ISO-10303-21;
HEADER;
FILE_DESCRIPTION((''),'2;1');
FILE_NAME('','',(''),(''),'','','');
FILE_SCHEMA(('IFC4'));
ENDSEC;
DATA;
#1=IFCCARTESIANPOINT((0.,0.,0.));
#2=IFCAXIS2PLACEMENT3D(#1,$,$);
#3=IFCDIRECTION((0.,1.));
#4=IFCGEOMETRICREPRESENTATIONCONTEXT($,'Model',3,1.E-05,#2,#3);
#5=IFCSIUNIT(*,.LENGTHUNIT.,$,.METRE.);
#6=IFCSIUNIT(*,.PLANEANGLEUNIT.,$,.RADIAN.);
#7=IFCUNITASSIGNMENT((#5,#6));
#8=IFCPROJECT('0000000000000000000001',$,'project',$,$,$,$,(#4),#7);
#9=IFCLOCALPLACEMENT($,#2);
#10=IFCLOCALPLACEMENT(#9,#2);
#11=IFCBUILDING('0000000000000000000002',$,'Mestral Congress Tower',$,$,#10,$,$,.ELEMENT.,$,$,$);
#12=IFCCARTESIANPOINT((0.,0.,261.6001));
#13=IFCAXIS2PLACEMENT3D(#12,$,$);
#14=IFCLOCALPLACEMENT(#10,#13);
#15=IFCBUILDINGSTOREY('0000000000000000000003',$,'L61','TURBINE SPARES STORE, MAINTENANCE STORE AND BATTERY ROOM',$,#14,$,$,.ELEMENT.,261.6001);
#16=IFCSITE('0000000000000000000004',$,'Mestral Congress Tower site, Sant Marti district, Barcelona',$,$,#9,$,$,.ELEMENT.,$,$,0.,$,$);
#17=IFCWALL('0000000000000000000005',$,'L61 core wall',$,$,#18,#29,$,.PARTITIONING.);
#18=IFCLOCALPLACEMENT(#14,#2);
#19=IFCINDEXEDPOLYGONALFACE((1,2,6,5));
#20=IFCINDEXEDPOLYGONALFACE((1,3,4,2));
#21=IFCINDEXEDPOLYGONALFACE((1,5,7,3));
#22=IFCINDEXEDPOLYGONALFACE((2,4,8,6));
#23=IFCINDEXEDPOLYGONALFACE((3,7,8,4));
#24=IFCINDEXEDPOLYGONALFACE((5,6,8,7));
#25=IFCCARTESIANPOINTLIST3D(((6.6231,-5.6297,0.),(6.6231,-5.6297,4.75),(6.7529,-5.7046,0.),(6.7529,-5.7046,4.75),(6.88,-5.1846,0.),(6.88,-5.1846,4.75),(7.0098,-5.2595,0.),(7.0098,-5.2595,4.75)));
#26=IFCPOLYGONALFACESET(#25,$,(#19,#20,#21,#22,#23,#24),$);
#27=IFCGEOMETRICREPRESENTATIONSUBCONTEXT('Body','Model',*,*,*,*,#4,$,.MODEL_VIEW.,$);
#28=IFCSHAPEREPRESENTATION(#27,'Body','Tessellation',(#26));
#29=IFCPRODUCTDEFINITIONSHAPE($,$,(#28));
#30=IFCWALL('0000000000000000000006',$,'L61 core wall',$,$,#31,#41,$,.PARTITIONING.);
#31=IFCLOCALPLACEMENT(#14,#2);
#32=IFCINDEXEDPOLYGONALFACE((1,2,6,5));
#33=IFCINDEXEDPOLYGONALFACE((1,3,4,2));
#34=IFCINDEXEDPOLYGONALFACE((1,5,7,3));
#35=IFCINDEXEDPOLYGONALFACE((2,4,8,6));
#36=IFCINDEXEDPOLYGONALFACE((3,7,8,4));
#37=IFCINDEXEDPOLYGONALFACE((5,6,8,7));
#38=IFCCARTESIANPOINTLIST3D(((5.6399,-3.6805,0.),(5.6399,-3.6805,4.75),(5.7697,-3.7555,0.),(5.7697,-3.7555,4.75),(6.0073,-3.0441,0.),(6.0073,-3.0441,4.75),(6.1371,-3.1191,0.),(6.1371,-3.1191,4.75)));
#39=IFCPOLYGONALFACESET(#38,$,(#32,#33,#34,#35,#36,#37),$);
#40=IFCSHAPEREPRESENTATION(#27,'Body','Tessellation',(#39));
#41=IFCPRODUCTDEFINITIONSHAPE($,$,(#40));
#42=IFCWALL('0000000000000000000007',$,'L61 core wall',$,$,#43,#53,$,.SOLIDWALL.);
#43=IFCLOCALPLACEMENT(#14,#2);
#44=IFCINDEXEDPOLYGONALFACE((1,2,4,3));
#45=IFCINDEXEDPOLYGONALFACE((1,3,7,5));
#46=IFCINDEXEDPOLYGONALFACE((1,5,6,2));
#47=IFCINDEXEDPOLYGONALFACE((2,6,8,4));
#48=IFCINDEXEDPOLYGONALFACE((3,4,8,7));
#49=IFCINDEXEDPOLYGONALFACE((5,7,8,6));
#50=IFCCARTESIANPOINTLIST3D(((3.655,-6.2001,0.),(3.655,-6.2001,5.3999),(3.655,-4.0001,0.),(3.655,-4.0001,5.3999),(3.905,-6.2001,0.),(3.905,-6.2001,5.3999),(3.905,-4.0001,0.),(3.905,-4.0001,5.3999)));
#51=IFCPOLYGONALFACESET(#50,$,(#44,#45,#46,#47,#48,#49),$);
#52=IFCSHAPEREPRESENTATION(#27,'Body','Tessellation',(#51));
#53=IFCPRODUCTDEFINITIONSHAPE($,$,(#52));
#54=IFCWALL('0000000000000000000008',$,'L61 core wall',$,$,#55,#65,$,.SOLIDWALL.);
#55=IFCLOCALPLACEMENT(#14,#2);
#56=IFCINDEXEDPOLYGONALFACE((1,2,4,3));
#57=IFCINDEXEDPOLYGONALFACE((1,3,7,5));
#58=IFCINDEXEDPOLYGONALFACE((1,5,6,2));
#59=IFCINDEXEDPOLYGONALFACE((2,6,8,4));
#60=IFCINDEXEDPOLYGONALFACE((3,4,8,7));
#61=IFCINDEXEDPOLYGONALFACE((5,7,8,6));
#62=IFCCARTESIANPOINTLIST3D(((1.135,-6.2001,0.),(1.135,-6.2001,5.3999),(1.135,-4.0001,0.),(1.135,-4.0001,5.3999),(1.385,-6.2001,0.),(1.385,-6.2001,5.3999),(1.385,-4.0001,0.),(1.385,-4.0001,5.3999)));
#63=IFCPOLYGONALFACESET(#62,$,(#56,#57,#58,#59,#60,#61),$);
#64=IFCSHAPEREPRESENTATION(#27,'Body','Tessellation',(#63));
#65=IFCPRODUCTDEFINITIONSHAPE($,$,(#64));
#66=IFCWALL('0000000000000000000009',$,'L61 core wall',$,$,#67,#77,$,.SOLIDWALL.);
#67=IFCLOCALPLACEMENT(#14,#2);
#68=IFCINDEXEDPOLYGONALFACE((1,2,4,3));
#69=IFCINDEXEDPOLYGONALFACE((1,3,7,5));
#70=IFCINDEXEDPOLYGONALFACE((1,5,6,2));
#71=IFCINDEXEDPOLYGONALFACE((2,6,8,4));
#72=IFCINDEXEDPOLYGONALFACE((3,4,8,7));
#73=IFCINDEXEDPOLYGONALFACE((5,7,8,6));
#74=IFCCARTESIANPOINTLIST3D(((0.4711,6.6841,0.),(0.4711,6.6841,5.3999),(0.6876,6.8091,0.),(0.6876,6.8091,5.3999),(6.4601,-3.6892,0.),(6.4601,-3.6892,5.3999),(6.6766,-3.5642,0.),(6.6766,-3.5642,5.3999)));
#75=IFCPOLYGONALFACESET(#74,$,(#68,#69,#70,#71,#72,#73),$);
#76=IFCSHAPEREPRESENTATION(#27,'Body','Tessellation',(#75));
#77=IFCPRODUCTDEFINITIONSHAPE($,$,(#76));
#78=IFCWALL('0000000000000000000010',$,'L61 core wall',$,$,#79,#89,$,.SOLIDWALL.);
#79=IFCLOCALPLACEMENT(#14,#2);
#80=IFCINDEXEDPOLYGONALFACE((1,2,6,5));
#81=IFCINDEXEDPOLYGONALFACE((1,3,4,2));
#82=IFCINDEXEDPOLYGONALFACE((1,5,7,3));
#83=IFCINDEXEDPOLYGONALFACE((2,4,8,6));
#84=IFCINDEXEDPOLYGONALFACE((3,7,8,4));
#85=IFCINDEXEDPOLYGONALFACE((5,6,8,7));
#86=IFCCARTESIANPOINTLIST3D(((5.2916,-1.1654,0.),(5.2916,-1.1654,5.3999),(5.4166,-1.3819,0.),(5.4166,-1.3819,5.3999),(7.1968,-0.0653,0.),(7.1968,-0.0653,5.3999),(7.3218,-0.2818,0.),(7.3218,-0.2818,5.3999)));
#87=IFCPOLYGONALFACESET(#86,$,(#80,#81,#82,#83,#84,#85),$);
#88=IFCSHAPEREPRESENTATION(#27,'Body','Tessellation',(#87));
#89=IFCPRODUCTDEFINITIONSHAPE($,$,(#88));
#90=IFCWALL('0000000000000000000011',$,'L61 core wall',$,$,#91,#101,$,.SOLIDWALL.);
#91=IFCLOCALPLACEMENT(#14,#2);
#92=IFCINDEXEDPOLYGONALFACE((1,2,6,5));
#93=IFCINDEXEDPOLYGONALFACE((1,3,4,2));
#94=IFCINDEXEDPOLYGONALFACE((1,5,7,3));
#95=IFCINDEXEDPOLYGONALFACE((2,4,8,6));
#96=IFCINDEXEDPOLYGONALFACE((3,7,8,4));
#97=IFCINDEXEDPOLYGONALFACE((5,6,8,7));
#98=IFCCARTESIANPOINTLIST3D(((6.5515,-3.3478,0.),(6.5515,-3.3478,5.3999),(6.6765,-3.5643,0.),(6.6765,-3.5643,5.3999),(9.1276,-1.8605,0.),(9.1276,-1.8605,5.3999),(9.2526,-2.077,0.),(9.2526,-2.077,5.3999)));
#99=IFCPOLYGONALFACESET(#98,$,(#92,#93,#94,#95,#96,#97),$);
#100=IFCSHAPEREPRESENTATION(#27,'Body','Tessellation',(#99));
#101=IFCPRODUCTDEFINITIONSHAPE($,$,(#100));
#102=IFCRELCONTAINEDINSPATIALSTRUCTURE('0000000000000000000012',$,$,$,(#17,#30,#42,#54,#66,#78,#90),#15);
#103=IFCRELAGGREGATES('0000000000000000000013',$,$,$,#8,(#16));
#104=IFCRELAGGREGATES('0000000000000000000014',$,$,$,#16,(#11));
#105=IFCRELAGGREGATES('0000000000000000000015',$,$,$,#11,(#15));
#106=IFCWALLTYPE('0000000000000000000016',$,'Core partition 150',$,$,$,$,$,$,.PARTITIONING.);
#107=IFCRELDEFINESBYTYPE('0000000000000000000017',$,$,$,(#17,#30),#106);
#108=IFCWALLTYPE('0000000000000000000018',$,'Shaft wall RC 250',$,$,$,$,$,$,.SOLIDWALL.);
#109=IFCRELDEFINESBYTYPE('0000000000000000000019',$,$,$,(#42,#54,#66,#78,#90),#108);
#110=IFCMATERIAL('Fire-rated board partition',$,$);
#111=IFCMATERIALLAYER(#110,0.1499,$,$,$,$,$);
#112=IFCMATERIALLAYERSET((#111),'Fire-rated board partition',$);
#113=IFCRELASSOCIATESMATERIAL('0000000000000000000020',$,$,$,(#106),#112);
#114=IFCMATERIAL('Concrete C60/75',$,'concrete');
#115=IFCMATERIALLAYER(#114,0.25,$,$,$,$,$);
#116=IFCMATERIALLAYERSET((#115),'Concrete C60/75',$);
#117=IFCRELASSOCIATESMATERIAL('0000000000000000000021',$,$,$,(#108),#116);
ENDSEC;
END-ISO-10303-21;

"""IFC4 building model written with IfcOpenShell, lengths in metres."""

from ifc_helpers import new_model, si_unit, direction, frame, frame_2d, origin, place, context, subcontext, project, spatial, rectangle, extrude, material, layer, layer_set, type_object, element, save


model = new_model("IFC4")

# Units and contexts
model_context = context("Model", 3, precision=1e-05, world=origin(), true_north=direction((0.0, 1.0)))
body_context = subcontext(model_context, "Body", "Model", "MODEL_VIEW")
ifc_project = project(units=[si_unit("LENGTHUNIT", "METRE"), si_unit("PLANEANGLEUNIT", "RADIAN")], contexts=[model_context])

# Site, building, storey
site_placement = place(None, origin())
site = spatial("IfcSite", under=ifc_project, at=site_placement, Name="Mestral Congress Tower site, Sant Marti district, Barcelona", CompositionType="ELEMENT", RefElevation=0.0)
building_placement = place(site_placement, origin())
building = spatial("IfcBuilding", under=site, at=building_placement, Name="Mestral Congress Tower", CompositionType="ELEMENT")
storey_placement = place(building_placement, frame((0.0, 0.0, 261.6001)))
storey = spatial("IfcBuildingStorey", under=building, at=storey_placement, Name="L61", Description="TURBINE SPARES STORE, MAINTENANCE STORE AND BATTERY ROOM", CompositionType="ELEMENT", Elevation=261.6001)

# Walls
ifc_material_1 = material(Name="Fire-rated board partition")
ifc_layer_1 = layer(ifc_material_1, 0.1499)
ifc_layer_set_1 = layer_set([ifc_layer_1], Name="Fire-rated board partition")
wall_type_1 = type_object("IfcWallType", Name="Core partition 150", PredefinedType="PARTITIONING", material=ifc_layer_set_1)
wall_1_placement = place(storey_placement, frame((6.9448, -5.2222, 0.0), z_axis=(0.0, 0.0, 1.0), x_axis=(-0.499818, -0.86613, 0.0)))
element("IfcWall", 1, at=wall_1_placement, inside=storey, type_object=wall_type_1, Name="L61 core wall", PredefinedType="PARTITIONING", context=body_context, shape_type="SweptSolid", body=[
    extrude(rectangle(XDim=0.5139, YDim=0.1499, at=frame_2d((0.2568, 0.0))), origin(), (0.0, 0.0, 1.0), 4.75),
])
wall_2_placement = place(storey_placement, frame((5.7048, -3.718, 0.0), z_axis=(0.0, 0.0, 1.0), x_axis=(0.499962, 0.866047, 0.0)))
element("IfcWall", 2, at=wall_2_placement, inside=storey, type_object=wall_type_1, Name="L61 core wall", PredefinedType="PARTITIONING", context=body_context, shape_type="SweptSolid", body=[
    extrude(rectangle(XDim=0.7349, YDim=0.1499, at=frame_2d((0.3674, 0.0))), origin(), (0.0, 0.0, 1.0), 4.75),
])
ifc_material_2 = material(Name="Concrete C60/75", Category="concrete")
ifc_layer_2 = layer(ifc_material_2, 0.25)
ifc_layer_set_2 = layer_set([ifc_layer_2], Name="Concrete C60/75")
wall_type_2 = type_object("IfcWallType", Name="Shaft wall RC 250", PredefinedType="SOLIDWALL", material=ifc_layer_set_2)
for number, where, z_axis, x_axis, name in (
    (3, (3.78, -4.0, 0.0), (0.0, 0.0, 1.0), (0.0, -1.0, 0.0), "L61 core wall"),
    (4, (1.26, -4.0, 0.0), (0.0, 0.0, 1.0), (0.0, -1.0, 0.0), "L61 core wall"),
):
    element("IfcWall", number, at=place(storey_placement, frame(where, z_axis=z_axis, x_axis=x_axis)), inside=storey, type_object=wall_type_2, Name=name, PredefinedType="SOLIDWALL", context=body_context, shape_type="SweptSolid", body=[
        extrude(rectangle(XDim=2.2, YDim=0.25, at=frame_2d((1.1001, 0.0))), origin(), (0.0, 0.0, 1.0), 5.3999),
    ])
wall_3_placement = place(storey_placement, frame((6.5684, -3.6267, 0.0), z_axis=(0.0, 0.0, 1.0), x_axis=(-0.499999, 0.866026, 0.0)))
element("IfcWall", 5, at=wall_3_placement, inside=storey, type_object=wall_type_2, Name="L61 core wall", PredefinedType="SOLIDWALL", context=body_context, shape_type="SweptSolid", body=[
    extrude(rectangle(XDim=11.978, YDim=0.25, at=frame_2d((5.989, 0.0))), origin(), (0.0, 0.0, 1.0), 5.3999),
])
wall_4_placement = place(storey_placement, frame((5.354, -1.2737, 0.0), z_axis=(0.0, 0.0, 1.0), x_axis=(0.866008, 0.50003, 0.0)))
element("IfcWall", 6, at=wall_4_placement, inside=storey, type_object=wall_type_2, Name="L61 core wall", PredefinedType="SOLIDWALL", context=body_context, shape_type="SweptSolid", body=[
    extrude(rectangle(XDim=2.2, YDim=0.25, at=frame_2d((1.1001, 0.0))), origin(), (0.0, 0.0, 1.0), 5.3999),
])
wall_5_placement = place(storey_placement, frame((6.614, -3.4561, 0.0), z_axis=(0.0, 0.0, 1.0), x_axis=(0.866033, 0.499988, 0.0)))
element("IfcWall", 7, at=wall_5_placement, inside=storey, type_object=wall_type_2, Name="L61 core wall", PredefinedType="SOLIDWALL", context=body_context, shape_type="SweptSolid", body=[
    extrude(rectangle(XDim=2.9746, YDim=0.25, at=frame_2d((1.4873, 0.0))), origin(), (0.0, 0.0, 1.0), 5.3999),
])

save(model, "model.ifc")
